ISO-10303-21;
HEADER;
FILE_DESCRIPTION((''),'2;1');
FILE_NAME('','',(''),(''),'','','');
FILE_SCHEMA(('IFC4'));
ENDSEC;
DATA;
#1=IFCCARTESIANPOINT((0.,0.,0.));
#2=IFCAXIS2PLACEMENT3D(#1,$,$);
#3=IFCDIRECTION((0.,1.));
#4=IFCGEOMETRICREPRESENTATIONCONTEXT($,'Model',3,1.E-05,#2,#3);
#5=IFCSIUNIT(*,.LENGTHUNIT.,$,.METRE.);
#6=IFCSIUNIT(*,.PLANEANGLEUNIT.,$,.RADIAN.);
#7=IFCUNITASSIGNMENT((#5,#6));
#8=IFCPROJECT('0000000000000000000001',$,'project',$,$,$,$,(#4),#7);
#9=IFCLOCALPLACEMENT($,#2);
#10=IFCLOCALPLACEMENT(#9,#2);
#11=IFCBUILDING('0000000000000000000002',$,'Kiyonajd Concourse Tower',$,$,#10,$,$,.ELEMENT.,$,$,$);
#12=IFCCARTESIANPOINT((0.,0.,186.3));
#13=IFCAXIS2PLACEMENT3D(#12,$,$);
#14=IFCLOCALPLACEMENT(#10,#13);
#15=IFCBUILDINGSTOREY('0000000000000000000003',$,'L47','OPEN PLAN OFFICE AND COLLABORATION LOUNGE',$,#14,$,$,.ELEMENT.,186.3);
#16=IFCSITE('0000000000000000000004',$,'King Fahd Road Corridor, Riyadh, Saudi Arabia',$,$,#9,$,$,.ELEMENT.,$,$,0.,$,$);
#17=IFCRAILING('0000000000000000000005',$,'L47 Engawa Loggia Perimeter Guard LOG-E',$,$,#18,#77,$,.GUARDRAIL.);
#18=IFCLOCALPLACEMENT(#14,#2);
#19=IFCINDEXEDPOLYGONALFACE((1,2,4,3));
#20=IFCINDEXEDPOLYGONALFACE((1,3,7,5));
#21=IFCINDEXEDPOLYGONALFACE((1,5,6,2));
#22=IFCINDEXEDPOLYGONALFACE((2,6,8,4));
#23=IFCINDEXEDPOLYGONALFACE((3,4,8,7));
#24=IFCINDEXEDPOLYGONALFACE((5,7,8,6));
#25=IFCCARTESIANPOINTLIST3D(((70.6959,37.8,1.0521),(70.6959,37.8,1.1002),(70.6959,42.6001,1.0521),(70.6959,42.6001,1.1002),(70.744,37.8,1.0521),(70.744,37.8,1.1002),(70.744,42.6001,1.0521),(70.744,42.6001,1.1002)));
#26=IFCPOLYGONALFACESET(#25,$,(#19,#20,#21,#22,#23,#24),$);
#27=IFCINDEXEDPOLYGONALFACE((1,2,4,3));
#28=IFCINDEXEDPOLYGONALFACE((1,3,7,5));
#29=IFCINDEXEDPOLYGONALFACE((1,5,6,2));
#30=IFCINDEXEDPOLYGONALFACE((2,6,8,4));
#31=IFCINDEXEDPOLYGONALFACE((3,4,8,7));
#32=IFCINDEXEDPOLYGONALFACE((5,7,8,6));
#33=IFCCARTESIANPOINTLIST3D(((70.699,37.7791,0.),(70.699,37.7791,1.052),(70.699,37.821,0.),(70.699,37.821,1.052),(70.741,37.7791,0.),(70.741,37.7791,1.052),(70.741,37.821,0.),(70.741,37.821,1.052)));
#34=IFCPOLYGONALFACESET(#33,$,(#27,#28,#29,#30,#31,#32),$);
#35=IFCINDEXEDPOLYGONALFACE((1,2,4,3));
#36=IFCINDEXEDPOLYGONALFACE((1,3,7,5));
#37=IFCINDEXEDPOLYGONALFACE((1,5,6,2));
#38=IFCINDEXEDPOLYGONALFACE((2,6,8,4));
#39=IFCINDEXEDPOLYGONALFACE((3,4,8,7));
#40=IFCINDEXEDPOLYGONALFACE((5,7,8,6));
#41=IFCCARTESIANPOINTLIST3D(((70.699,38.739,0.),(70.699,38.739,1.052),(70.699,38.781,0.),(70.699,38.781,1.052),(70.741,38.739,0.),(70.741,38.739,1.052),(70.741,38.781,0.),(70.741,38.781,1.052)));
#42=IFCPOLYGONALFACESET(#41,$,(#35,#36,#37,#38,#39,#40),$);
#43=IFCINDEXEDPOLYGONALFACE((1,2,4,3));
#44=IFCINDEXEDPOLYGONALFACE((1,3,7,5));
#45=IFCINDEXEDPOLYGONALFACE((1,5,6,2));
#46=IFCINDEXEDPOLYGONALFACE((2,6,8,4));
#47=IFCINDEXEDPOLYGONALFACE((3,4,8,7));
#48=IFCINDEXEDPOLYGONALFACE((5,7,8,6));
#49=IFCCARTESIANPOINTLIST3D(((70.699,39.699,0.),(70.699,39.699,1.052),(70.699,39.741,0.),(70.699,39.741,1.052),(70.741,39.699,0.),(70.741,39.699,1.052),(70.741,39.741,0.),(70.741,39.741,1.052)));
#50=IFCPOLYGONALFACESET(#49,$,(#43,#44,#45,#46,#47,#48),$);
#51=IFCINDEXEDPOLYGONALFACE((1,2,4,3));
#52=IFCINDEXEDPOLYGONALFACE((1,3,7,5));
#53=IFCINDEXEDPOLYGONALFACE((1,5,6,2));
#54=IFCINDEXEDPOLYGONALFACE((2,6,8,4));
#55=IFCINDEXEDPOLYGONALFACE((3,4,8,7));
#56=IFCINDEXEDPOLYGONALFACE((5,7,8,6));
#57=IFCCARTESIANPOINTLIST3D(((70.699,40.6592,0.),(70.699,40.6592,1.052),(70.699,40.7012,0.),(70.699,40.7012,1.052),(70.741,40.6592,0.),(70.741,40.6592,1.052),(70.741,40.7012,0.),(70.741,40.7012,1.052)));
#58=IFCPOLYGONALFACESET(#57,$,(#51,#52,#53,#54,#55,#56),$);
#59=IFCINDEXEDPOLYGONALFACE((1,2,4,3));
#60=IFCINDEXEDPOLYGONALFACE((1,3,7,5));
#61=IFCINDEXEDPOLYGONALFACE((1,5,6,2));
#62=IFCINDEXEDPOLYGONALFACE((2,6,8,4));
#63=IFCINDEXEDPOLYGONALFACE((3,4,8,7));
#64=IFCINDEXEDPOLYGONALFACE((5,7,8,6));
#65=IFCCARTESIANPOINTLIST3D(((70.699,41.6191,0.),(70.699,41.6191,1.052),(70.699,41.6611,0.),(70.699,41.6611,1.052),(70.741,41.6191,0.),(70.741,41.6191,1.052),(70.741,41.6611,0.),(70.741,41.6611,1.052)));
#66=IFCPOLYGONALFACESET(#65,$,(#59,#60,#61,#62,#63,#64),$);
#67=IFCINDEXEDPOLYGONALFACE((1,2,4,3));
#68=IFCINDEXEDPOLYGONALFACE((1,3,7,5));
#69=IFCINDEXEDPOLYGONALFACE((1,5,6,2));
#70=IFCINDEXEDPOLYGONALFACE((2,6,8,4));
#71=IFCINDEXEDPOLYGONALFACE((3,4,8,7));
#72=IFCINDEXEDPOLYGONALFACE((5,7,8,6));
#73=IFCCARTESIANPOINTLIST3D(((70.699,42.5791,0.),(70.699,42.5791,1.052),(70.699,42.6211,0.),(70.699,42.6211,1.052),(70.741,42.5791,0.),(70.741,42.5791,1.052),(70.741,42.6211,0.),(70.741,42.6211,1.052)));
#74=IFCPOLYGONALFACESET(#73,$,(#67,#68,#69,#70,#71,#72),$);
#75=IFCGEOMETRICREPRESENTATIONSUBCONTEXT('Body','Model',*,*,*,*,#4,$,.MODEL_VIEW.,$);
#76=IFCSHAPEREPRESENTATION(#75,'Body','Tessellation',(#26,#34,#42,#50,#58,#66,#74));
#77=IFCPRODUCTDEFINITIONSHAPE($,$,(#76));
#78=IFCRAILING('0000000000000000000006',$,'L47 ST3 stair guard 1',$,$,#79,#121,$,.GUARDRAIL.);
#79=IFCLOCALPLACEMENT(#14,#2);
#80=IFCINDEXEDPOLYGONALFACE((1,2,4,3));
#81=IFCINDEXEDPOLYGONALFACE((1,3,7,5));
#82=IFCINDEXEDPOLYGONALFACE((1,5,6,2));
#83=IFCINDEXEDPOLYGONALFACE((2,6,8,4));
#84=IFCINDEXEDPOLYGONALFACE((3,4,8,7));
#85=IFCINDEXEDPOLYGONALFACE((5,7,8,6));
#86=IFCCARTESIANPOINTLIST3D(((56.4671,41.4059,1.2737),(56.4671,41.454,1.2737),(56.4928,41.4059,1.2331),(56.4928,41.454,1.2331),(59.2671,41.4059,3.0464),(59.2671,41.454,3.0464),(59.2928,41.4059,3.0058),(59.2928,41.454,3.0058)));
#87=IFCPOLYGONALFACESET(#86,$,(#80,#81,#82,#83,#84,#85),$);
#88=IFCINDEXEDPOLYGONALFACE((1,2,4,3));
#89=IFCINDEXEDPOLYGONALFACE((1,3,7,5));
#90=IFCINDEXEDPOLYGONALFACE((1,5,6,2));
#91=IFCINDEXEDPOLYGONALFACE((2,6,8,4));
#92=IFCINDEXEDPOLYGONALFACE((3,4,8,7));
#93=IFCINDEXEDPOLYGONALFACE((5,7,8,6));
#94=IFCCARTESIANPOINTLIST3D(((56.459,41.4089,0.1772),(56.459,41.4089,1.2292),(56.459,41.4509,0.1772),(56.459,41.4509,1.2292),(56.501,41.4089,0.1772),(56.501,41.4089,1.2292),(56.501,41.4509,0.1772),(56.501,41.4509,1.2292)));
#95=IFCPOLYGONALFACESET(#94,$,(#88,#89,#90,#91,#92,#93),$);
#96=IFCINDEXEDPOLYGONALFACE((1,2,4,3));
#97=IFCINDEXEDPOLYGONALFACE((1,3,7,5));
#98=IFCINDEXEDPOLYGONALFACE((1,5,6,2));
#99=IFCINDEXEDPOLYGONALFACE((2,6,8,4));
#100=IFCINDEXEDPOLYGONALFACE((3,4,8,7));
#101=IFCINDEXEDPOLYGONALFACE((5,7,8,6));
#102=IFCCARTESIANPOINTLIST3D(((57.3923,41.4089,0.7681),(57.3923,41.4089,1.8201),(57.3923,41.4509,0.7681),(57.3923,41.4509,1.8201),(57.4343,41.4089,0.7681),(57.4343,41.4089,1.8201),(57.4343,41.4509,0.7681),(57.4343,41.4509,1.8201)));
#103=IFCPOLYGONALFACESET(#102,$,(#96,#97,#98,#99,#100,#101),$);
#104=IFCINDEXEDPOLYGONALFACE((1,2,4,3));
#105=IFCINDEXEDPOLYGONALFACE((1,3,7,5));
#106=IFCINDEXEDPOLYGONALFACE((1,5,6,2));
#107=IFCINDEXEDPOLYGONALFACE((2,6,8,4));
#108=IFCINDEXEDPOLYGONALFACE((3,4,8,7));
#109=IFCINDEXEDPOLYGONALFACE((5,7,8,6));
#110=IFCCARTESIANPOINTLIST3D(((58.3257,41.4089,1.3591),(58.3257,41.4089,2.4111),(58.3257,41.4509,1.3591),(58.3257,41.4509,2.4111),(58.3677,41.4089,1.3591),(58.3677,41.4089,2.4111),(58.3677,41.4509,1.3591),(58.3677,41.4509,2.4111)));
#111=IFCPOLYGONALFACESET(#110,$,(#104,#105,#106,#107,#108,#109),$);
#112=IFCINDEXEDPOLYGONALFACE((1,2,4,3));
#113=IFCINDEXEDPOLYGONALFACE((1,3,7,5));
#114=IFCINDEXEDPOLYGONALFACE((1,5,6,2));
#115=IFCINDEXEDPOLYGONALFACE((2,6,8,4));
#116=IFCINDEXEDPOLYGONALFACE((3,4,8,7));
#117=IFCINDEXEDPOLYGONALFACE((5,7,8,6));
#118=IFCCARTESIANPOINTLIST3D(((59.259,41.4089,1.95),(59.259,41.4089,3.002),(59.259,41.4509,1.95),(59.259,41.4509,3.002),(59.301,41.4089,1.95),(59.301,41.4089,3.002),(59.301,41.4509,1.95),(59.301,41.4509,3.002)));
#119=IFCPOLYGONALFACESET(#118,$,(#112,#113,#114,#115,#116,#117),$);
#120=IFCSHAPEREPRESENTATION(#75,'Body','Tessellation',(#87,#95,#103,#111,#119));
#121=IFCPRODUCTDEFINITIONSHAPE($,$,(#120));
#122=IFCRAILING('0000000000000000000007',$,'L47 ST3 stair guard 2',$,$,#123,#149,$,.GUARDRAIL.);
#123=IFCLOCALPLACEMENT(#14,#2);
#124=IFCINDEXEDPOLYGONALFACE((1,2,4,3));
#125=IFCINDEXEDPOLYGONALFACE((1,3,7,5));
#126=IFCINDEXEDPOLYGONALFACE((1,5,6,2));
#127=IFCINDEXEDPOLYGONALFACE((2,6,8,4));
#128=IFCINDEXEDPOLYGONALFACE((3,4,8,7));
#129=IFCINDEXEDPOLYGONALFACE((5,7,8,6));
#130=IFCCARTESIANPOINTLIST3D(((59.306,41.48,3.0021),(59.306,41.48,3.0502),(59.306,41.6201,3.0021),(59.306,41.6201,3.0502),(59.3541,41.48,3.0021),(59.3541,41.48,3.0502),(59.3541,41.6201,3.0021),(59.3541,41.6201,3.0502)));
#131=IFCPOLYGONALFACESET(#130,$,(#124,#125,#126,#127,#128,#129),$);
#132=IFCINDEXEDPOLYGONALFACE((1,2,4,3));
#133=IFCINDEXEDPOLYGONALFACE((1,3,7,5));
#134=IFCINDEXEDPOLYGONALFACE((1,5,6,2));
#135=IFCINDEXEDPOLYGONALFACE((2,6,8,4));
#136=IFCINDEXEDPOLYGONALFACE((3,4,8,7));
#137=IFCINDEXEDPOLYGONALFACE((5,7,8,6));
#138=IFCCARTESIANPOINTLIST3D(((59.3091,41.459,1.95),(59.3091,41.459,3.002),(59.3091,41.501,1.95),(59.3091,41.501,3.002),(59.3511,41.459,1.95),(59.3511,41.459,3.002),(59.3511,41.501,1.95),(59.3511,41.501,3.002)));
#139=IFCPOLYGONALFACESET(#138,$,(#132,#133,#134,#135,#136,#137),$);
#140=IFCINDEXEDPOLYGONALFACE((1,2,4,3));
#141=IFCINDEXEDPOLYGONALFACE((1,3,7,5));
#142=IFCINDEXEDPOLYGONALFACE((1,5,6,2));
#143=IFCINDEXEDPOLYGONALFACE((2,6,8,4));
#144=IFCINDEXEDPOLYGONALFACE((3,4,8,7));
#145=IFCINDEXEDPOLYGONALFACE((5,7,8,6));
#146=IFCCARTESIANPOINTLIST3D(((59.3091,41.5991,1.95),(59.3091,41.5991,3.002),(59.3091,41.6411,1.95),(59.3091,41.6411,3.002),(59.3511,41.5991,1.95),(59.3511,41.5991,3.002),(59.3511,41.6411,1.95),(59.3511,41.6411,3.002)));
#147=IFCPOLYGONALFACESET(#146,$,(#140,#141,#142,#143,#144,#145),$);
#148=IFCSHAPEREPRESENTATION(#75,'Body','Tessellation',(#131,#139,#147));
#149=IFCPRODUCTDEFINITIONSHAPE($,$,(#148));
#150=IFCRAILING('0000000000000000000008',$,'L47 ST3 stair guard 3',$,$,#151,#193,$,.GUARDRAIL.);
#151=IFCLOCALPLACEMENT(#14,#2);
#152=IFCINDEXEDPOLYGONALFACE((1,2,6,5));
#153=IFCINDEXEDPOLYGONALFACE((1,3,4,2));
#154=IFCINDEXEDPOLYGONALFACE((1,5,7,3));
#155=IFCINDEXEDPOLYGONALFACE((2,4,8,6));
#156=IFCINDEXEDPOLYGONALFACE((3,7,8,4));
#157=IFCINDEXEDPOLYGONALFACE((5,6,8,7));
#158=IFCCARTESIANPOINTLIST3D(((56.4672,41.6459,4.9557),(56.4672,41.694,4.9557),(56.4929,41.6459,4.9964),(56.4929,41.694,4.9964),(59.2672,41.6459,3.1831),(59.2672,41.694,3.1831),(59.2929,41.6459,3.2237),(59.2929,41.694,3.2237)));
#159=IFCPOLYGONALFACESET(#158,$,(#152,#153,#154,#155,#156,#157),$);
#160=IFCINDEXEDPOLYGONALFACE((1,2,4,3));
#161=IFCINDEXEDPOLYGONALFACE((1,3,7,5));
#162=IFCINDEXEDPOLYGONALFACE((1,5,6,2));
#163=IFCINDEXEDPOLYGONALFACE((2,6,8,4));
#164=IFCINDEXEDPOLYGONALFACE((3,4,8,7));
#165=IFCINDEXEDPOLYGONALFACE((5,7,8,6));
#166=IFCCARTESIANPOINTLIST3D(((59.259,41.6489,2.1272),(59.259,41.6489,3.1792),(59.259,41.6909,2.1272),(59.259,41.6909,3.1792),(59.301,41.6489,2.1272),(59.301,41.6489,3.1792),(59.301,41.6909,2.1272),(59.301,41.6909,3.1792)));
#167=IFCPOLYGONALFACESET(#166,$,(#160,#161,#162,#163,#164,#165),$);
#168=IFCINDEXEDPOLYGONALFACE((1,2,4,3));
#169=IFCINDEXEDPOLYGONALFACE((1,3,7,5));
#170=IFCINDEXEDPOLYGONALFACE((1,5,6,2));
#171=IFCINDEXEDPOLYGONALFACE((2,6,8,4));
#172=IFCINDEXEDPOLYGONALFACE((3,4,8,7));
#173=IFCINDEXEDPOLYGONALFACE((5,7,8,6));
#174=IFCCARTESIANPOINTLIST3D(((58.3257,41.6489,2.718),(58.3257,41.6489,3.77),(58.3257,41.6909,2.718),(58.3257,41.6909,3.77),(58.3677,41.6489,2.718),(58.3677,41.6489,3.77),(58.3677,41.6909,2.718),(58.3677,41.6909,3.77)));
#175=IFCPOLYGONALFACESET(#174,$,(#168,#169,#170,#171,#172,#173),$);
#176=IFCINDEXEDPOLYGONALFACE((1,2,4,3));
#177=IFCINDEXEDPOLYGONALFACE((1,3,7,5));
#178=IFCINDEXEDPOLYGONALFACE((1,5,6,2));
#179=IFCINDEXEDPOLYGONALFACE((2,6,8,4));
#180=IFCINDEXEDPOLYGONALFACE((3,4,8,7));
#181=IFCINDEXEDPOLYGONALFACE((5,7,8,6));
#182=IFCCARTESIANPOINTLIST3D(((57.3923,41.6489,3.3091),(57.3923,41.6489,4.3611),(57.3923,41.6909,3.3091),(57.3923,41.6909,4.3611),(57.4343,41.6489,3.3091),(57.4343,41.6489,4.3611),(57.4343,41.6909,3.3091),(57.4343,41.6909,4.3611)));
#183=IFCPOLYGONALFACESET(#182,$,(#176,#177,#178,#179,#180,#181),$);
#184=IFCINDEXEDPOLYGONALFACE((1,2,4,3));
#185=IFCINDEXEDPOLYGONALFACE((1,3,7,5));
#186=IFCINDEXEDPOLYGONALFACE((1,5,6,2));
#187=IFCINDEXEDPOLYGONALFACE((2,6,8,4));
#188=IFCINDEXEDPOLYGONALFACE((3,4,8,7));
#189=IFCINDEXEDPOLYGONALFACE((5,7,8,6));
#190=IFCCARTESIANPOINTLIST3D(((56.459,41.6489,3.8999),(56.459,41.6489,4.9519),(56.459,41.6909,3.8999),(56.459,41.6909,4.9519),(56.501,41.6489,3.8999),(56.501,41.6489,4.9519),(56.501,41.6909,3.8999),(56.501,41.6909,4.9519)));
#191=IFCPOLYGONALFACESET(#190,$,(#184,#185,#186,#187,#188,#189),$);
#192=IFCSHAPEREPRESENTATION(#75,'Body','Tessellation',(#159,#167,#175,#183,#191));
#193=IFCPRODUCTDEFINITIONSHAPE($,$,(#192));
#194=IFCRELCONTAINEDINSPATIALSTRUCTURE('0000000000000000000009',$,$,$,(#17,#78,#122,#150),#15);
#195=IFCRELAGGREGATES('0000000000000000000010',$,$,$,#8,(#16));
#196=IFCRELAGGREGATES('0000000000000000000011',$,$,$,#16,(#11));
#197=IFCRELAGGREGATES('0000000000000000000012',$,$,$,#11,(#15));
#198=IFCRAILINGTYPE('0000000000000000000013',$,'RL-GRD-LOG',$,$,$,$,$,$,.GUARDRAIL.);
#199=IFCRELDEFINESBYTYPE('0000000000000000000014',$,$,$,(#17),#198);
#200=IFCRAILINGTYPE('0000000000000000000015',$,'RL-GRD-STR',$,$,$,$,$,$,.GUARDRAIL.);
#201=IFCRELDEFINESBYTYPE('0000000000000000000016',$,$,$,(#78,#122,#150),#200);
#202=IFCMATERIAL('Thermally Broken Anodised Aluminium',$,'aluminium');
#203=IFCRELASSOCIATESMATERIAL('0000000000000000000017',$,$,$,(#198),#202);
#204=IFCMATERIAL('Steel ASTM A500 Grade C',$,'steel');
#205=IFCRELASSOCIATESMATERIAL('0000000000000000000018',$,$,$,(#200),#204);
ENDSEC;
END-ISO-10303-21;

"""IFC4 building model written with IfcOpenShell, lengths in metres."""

from ifc_helpers import new_model, si_unit, direction, frame, origin, origin_2d, place, context, subcontext, project, spatial, rectangle, extrude, material, type_object, element, save


model = new_model("IFC4")

# Units and contexts
model_context = context("Model", 3, precision=1e-05, world=origin(), true_north=direction((0.0, 1.0)))
body_context = subcontext(model_context, "Body", "Model", "MODEL_VIEW")
ifc_project = project(units=[si_unit("LENGTHUNIT", "METRE"), si_unit("PLANEANGLEUNIT", "RADIAN")], contexts=[model_context])

# Site, building, storey
site_placement = place(None, origin())
site = spatial("IfcSite", under=ifc_project, at=site_placement, Name="King Fahd Road Corridor, Riyadh, Saudi Arabia", CompositionType="ELEMENT", RefElevation=0.0)
building_placement = place(site_placement, origin())
building = spatial("IfcBuilding", under=site, at=building_placement, Name="Kiyonajd Concourse Tower", CompositionType="ELEMENT")
storey_placement = place(building_placement, frame((0.0, 0.0, 186.3)))
storey = spatial("IfcBuildingStorey", under=building, at=storey_placement, Name="L47", Description="OPEN PLAN OFFICE AND COLLABORATION LOUNGE", CompositionType="ELEMENT", Elevation=186.3)

# Shared definitions
ifc_material_1 = material(Name="Thermally Broken Anodised Aluminium", Category="aluminium")

# Railings
railing_type_1 = type_object("IfcRailingType", Name="RL-GRD-LOG", PredefinedType="GUARDRAIL", material=ifc_material_1)
railing_1_placement = place(storey_placement, frame((70.72, 37.8, 0.0)))
element("IfcRailing", 1, at=railing_1_placement, inside=storey, type_object=railing_type_1, Name="L47 Engawa Loggia Perimeter Guard LOG-E", PredefinedType="GUARDRAIL", context=body_context, shape_type="SweptSolid", body=[
    extrude(rectangle(XDim=0.0481, YDim=0.0481, at=origin_2d()), frame((0.0, 0.0, 1.0762), z_axis=(0.0, 1.0, 0.0), x_axis=(-1.0, 0.0, 0.0)), (0.0, 0.0, 1.0), 4.8),
    extrude(rectangle(XDim=0.042, YDim=0.042, at=origin_2d()), origin(), (0.0, 0.0, 1.0), 1.052),
    extrude(rectangle(XDim=0.042, YDim=0.042, at=origin_2d()), frame((0.0, 0.96, 0.0)), (0.0, 0.0, 1.0), 1.052),
    extrude(rectangle(XDim=0.042, YDim=0.042, at=origin_2d()), frame((0.0, 1.9199, 0.0)), (0.0, 0.0, 1.0), 1.052),
    extrude(rectangle(XDim=0.042, YDim=0.042, at=origin_2d()), frame((0.0, 2.8801, 0.0)), (0.0, 0.0, 1.0), 1.052),
    extrude(rectangle(XDim=0.042, YDim=0.042, at=origin_2d()), frame((0.0, 3.8401, 0.0)), (0.0, 0.0, 1.0), 1.052),
    extrude(rectangle(XDim=0.042, YDim=0.042, at=origin_2d()), frame((0.0, 4.8, 0.0)), (0.0, 0.0, 1.0), 1.052),
])
ifc_material_2 = material(Name="Steel ASTM A500 Grade C", Category="steel")
railing_type_2 = type_object("IfcRailingType", Name="RL-GRD-STR", PredefinedType="GUARDRAIL", material=ifc_material_2)
railing_2_placement = place(storey_placement, frame((56.48, 41.4299, 0.1772)))
element("IfcRailing", 2, at=railing_2_placement, inside=storey, type_object=railing_type_2, Name="L47 ST3 stair guard 1", PredefinedType="GUARDRAIL", context=body_context, shape_type="SweptSolid", body=[
    extrude(rectangle(XDim=0.0481, YDim=0.0481, at=origin_2d()), frame((0.0, 0.0, 1.0762), z_axis=(0.844909, 0.0, 0.53491), x_axis=(0.0, 1.0, 0.0)), (0.0, 0.0, 1.0), 3.314),
    extrude(rectangle(XDim=0.042, YDim=0.042, at=origin_2d()), origin(), (0.0, 0.0, 1.0), 1.052),
    extrude(rectangle(XDim=0.042, YDim=0.042, at=origin_2d()), frame((0.9333, 0.0, 0.5908)), (0.0, 0.0, 1.0), 1.052),
    extrude(rectangle(XDim=0.042, YDim=0.042, at=origin_2d()), frame((1.8667, 0.0, 1.1819)), (0.0, 0.0, 1.0), 1.052),
    extrude(rectangle(XDim=0.042, YDim=0.042, at=origin_2d()), frame((2.8, 0.0, 1.7727)), (0.0, 0.0, 1.0), 1.052),
])
railing_3_placement = place(storey_placement, frame((59.3301, 41.48, 1.95)))
element("IfcRailing", 3, at=railing_3_placement, inside=storey, type_object=railing_type_2, Name="L47 ST3 stair guard 2", PredefinedType="GUARDRAIL", context=body_context, shape_type="SweptSolid", body=[
    extrude(rectangle(XDim=0.0481, YDim=0.0481, at=origin_2d()), frame((0.0, 0.0, 1.0762), z_axis=(0.0, 1.0, 0.0), x_axis=(-1.0, 0.0, 0.0)), (0.0, 0.0, 1.0), 0.1401),
    extrude(rectangle(XDim=0.042, YDim=0.042, at=origin_2d()), origin(), (0.0, 0.0, 1.0), 1.052),
    extrude(rectangle(XDim=0.042, YDim=0.042, at=origin_2d()), frame((0.0, 0.1401, 0.0)), (0.0, 0.0, 1.0), 1.052),
])
railing_4_placement = place(storey_placement, frame((59.28, 41.6699, 2.1272)))
element("IfcRailing", 4, at=railing_4_placement, inside=storey, type_object=railing_type_2, Name="L47 ST3 stair guard 3", PredefinedType="GUARDRAIL", context=body_context, shape_type="SweptSolid", body=[
    extrude(rectangle(XDim=0.0481, YDim=0.0481, at=origin_2d()), frame((0.0, 0.0, 1.0762), z_axis=(-0.844909, 0.0, 0.53491), x_axis=(0.0, -1.0, 0.0)), (0.0, 0.0, 1.0), 3.314),
    extrude(rectangle(XDim=0.042, YDim=0.042, at=origin_2d()), origin(), (0.0, 0.0, 1.0), 1.052),
    extrude(rectangle(XDim=0.042, YDim=0.042, at=origin_2d()), frame((-0.9333, 0.0, 0.5908)), (0.0, 0.0, 1.0), 1.052),
    extrude(rectangle(XDim=0.042, YDim=0.042, at=origin_2d()), frame((-1.8667, 0.0, 1.1819)), (0.0, 0.0, 1.0), 1.052),
    extrude(rectangle(XDim=0.042, YDim=0.042, at=origin_2d()), frame((-2.8, 0.0, 1.7727)), (0.0, 0.0, 1.0), 1.052),
])

save(model, "model.ifc")
